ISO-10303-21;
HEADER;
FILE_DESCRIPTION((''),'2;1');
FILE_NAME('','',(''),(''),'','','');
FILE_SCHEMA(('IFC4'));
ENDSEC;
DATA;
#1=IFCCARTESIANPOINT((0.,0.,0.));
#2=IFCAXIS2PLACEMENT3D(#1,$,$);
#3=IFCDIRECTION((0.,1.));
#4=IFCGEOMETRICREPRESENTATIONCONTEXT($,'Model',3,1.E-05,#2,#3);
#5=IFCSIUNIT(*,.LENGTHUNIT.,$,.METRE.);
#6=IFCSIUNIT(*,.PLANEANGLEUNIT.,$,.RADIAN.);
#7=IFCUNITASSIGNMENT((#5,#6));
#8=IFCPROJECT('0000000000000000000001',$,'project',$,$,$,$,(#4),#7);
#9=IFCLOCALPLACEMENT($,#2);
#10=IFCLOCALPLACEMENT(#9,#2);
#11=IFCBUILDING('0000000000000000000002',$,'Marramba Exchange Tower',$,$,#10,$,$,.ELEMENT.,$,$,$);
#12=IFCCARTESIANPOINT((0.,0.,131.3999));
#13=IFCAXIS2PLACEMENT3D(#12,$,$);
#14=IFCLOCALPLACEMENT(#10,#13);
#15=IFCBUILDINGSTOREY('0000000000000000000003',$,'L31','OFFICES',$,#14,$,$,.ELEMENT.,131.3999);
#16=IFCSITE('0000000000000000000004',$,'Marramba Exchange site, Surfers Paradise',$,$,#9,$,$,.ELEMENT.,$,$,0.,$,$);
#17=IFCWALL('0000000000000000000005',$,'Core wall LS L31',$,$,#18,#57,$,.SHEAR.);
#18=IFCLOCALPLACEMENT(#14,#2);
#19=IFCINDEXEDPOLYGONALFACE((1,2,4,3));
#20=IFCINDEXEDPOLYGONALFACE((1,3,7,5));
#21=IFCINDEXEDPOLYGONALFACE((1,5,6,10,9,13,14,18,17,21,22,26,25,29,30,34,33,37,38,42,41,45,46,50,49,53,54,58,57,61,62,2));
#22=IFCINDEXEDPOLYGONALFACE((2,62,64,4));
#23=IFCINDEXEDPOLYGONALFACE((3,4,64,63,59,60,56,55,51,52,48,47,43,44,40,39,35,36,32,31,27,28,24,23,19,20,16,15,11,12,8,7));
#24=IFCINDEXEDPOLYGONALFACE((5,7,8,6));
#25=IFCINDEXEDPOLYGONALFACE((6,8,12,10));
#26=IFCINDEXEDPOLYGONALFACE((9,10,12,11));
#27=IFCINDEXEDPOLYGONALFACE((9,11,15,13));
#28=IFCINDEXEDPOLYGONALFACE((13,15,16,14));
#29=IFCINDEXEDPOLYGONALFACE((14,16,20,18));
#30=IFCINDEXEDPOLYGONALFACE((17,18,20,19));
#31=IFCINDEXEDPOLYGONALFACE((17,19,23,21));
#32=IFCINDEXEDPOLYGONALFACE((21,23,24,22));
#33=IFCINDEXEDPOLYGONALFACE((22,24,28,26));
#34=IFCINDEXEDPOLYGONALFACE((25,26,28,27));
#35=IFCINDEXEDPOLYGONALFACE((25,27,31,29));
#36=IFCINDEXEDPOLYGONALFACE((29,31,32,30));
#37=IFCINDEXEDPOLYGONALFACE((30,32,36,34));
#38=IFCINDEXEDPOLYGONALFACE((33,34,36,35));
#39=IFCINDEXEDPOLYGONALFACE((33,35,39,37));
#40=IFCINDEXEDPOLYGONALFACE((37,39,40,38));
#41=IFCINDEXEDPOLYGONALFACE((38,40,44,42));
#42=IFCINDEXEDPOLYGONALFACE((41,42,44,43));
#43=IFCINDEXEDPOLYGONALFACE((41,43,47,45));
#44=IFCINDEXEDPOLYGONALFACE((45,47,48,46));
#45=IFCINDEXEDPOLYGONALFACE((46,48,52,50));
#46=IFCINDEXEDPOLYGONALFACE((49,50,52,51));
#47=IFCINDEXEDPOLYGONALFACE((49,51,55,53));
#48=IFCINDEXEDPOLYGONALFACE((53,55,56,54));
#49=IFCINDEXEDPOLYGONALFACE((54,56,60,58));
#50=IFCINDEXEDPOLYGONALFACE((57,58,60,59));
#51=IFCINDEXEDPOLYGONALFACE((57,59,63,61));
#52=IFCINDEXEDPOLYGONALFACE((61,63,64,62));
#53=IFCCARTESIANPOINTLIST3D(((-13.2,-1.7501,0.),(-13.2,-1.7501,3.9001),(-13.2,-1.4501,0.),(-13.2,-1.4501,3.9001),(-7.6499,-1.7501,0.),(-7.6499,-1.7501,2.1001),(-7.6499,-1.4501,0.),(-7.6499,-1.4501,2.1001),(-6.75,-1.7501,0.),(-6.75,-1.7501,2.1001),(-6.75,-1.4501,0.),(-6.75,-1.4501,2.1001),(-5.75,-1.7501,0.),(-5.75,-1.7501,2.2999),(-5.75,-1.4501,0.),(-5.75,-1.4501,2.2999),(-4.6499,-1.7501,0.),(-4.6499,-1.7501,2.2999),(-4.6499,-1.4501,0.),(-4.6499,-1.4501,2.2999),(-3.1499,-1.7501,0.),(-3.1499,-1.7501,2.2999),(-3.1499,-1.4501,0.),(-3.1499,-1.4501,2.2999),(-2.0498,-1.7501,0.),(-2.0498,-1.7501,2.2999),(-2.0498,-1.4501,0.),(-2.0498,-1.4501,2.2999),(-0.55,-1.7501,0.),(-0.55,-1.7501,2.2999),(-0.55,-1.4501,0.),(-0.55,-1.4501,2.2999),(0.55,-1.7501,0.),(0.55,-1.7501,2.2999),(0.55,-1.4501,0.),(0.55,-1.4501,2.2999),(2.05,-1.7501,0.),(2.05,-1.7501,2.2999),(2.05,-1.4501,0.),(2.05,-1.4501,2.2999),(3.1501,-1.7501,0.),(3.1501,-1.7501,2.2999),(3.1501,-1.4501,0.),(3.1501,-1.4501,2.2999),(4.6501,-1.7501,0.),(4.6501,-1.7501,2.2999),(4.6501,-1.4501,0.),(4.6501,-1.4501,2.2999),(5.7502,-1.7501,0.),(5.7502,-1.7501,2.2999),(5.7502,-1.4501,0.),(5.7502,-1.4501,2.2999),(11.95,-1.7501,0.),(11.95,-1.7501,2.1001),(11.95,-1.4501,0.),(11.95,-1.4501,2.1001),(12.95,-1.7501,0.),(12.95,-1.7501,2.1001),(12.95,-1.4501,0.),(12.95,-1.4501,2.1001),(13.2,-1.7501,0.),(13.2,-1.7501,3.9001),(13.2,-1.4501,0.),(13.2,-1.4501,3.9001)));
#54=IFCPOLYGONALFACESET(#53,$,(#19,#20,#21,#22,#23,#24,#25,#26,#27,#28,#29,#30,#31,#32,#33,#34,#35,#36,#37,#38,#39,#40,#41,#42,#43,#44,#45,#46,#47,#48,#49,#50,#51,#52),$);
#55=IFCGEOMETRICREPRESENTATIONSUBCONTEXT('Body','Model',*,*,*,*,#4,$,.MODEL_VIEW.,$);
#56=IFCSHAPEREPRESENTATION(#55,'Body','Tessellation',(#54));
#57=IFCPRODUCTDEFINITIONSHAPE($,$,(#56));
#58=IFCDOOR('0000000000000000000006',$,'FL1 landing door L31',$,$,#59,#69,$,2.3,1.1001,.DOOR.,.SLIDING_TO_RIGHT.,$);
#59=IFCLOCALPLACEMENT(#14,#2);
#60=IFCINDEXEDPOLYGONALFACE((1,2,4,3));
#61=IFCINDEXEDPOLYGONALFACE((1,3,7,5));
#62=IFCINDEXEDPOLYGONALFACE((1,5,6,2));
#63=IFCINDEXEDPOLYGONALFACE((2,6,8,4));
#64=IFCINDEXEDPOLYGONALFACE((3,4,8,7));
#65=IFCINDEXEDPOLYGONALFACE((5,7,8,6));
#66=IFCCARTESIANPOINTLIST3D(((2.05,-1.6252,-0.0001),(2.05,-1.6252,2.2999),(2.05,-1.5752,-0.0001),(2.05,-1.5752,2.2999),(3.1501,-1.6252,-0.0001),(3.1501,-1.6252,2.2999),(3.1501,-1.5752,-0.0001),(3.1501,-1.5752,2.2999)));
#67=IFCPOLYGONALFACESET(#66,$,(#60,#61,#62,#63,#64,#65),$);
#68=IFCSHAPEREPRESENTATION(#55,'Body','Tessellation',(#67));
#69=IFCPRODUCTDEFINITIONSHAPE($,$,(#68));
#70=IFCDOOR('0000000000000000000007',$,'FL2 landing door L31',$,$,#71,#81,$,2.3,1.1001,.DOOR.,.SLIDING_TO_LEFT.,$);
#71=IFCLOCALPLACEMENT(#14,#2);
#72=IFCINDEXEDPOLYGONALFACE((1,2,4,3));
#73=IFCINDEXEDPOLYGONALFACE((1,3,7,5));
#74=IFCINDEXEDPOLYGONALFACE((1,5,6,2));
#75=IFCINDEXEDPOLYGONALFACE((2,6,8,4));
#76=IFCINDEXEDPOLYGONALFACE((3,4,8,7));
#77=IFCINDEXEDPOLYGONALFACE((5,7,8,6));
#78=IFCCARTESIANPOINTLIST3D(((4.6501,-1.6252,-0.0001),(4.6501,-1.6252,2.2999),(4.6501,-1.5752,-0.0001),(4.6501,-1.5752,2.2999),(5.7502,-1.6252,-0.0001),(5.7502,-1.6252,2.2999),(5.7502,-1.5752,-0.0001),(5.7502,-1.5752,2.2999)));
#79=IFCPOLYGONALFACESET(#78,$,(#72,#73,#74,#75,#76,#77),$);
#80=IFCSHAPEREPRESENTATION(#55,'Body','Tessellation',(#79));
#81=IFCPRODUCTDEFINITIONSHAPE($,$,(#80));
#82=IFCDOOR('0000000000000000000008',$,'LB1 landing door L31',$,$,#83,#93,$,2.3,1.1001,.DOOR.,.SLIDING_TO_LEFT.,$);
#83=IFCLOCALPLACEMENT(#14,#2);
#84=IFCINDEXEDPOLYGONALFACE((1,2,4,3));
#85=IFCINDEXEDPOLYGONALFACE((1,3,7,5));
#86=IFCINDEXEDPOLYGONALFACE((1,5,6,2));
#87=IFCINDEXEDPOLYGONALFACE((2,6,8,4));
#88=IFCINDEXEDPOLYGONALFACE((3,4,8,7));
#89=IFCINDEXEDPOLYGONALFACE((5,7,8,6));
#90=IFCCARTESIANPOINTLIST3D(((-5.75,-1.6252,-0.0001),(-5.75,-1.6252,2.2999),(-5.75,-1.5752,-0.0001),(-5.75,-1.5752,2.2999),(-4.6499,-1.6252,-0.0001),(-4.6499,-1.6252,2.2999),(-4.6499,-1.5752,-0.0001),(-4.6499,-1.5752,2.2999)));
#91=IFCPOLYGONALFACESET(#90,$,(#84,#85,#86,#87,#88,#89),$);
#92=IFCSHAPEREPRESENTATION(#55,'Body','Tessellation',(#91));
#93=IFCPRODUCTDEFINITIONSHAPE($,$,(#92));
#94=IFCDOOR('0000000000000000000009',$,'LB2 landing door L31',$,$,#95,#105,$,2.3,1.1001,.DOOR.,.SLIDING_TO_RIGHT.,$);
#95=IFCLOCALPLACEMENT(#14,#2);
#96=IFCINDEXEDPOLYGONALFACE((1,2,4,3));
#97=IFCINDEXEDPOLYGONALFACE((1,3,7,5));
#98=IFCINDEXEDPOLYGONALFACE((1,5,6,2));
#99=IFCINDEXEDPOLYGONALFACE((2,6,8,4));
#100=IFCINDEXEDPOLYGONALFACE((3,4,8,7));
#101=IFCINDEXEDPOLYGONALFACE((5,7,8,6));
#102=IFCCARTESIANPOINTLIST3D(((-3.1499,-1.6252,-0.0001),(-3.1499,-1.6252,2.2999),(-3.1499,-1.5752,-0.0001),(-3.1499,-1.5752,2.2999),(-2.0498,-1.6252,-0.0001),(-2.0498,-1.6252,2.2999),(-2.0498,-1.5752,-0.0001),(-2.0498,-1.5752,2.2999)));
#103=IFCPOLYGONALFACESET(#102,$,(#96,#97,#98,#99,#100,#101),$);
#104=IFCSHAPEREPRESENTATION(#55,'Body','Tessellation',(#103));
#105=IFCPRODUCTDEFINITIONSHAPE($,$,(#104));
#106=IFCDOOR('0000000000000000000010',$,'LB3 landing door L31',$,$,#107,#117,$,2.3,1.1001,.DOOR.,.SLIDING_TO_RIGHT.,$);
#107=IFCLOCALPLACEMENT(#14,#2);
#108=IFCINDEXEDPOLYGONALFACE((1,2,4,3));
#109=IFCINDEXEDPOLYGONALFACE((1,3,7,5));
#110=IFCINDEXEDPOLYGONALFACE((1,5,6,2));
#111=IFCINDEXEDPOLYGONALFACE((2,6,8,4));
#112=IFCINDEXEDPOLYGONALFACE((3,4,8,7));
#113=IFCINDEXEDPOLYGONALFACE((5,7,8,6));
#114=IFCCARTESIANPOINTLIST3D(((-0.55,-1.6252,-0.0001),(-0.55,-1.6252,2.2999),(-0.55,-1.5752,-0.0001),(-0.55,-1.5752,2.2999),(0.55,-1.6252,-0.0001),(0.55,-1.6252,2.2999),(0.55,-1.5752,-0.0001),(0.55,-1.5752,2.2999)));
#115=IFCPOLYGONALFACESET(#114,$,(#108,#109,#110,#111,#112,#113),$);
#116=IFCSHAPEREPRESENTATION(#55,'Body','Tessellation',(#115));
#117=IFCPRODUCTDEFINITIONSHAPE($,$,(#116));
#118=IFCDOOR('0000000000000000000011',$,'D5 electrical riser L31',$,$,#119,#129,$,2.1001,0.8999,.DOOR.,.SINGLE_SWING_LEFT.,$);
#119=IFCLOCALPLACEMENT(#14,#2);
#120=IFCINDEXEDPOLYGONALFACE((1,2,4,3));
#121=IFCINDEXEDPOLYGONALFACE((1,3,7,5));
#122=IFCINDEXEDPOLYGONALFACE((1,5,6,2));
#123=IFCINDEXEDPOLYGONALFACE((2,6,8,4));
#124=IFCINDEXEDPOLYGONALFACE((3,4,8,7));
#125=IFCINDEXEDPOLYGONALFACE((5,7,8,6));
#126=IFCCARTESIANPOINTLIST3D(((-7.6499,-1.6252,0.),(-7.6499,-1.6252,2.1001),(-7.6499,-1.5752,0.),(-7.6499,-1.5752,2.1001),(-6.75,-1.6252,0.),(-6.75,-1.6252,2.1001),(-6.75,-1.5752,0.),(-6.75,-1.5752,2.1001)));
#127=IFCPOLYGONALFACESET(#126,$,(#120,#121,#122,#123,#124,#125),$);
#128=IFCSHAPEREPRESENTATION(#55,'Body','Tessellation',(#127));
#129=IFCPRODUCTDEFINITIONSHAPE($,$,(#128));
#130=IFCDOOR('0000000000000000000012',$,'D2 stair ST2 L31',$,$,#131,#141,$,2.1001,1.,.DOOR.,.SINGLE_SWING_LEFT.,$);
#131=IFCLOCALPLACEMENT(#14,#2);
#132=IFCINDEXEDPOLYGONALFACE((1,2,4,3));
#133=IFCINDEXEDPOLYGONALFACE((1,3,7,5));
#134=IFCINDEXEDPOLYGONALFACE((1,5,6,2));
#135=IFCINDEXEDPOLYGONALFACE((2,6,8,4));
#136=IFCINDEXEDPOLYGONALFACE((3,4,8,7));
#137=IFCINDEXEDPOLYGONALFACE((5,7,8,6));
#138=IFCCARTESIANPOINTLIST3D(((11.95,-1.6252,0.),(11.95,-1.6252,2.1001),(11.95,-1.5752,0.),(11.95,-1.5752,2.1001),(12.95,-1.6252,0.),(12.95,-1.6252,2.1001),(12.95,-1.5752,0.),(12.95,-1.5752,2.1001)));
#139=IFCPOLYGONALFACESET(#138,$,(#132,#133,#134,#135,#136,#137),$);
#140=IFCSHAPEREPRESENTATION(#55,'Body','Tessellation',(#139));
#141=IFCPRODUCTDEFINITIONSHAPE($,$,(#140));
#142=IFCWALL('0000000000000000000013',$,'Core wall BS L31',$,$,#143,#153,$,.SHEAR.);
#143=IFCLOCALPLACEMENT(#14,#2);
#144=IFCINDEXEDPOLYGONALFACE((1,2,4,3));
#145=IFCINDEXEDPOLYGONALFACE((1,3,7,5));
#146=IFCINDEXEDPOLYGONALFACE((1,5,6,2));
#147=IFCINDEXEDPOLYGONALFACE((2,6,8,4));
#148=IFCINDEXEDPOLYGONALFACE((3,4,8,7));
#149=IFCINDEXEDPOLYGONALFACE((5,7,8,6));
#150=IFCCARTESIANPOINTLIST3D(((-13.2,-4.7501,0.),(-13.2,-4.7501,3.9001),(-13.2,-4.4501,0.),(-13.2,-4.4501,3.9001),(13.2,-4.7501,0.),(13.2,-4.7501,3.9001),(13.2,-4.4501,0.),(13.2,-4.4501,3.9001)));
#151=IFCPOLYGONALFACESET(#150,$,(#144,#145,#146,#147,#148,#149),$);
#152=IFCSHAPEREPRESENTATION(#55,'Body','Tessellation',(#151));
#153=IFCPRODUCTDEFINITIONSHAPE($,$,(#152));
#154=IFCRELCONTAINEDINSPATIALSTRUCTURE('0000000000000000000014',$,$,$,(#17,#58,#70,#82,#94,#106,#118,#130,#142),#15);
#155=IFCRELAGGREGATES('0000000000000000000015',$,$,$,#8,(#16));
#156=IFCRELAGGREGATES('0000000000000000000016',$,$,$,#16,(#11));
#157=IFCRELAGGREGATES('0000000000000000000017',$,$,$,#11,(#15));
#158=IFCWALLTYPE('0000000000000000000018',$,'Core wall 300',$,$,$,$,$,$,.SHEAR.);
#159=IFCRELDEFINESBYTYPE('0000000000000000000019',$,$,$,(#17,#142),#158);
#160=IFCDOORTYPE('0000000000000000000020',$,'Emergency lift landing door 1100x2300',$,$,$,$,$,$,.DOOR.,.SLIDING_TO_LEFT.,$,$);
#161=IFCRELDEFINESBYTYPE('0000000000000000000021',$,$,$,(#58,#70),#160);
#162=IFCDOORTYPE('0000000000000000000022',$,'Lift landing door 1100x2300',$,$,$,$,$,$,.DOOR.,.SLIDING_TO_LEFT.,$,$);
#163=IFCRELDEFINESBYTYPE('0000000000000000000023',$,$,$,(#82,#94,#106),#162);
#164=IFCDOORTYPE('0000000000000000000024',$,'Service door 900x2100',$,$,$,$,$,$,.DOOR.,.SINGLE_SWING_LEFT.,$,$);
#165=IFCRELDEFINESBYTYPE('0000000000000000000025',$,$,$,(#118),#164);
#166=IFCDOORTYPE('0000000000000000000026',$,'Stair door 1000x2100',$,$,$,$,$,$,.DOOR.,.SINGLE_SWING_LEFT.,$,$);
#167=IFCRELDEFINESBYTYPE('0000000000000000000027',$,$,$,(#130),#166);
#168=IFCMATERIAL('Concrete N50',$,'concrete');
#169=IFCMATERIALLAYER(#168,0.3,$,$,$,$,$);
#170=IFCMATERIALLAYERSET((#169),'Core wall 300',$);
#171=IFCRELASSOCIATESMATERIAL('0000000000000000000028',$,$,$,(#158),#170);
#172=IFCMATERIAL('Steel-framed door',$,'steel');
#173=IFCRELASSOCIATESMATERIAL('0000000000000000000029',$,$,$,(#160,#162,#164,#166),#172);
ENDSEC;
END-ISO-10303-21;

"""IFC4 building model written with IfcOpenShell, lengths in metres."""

from ifc_helpers import new_model, si_unit, direction, frame, frame_2d, origin, place, context, subcontext, project, spatial, rectangle, extrude, material, layer, layer_set, type_object, element, fill, save


model = new_model("IFC4")

# Units and contexts
model_context = context("Model", 3, precision=1e-05, world=origin(), true_north=direction((0.0, 1.0)))
body_context = subcontext(model_context, "Body", "Model", "MODEL_VIEW")
ifc_project = project(units=[si_unit("LENGTHUNIT", "METRE"), si_unit("PLANEANGLEUNIT", "RADIAN")], contexts=[model_context])

# Site, building, storey
site_placement = place(None, origin())
site = spatial("IfcSite", under=ifc_project, at=site_placement, Name="Marramba Exchange site, Surfers Paradise", CompositionType="ELEMENT", RefElevation=0.0)
building_placement = place(site_placement, origin())
building = spatial("IfcBuilding", under=site, at=building_placement, Name="Marramba Exchange Tower", CompositionType="ELEMENT")
storey_placement = place(building_placement, frame((0.0, 0.0, 131.3999)))
storey = spatial("IfcBuildingStorey", under=building, at=storey_placement, Name="L31", Description="OFFICES", CompositionType="ELEMENT", Elevation=131.3999)

# Shared definitions
ifc_material_1 = material(Name="Concrete N50", Category="concrete")

# Wall, openings, doors
ifc_layer_1 = layer(ifc_material_1, 0.3)
ifc_layer_set_1 = layer_set([ifc_layer_1], Name="Core wall 300")
wall_type_1 = type_object("IfcWallType", Name="Core wall 300", PredefinedType="SHEAR", material=ifc_layer_set_1)
wall_1_placement = place(storey_placement, frame((-13.2, -1.6001, 0.0), z_axis=(0.0, 0.0, 1.0), x_axis=(1.0, 0.0, 0.0)))
wall_1 = element("IfcWall", 1, at=wall_1_placement, inside=storey, type_object=wall_type_1, Name="Core wall LS L31", PredefinedType="SHEAR", context=body_context, shape_type="SweptSolid", body=[
    extrude(rectangle(XDim=26.3999, YDim=0.3, at=frame_2d((13.2, 0.0))), origin(), (0.0, 0.0, 1.0), 3.9001),
])
opening_1_placement = place(wall_1_placement, frame((25.1499, 0.0, 0.0)))
opening_1 = element("IfcOpeningElement", 2, at=opening_1_placement, cuts=wall_1, PredefinedType="OPENING", context=body_context, shape_type="SweptSolid", body=[
    extrude(rectangle(XDim=1.0, YDim=2.1001, at=frame_2d((0.5, 1.05))), frame((0.0, 0.1599, 0.0), z_axis=(0.0, -1.0, 0.0), x_axis=(1.0, 0.0, 0.0)), (0.0, 0.0, 1.0), 0.3201),
])
opening_2_placement = place(wall_1_placement, frame((7.45, 0.0, 0.0)))
opening_2 = element("IfcOpeningElement", 3, at=opening_2_placement, cuts=wall_1, PredefinedType="OPENING", context=body_context, shape_type="SweptSolid", body=[
    extrude(rectangle(XDim=1.1001, YDim=2.3, at=frame_2d((0.55, 1.1499))), frame((0.0, 0.1599, 0.0), z_axis=(0.0, -1.0, 0.0), x_axis=(1.0, 0.0, 0.0)), (0.0, 0.0, 1.0), 0.3201),
])
opening_3_placement = place(wall_1_placement, frame((10.05, 0.0, 0.0)))
opening_3 = element("IfcOpeningElement", 4, at=opening_3_placement, cuts=wall_1, PredefinedType="OPENING", context=body_context, shape_type="SweptSolid", body=[
    extrude(rectangle(XDim=1.1001, YDim=2.3, at=frame_2d((0.55, 1.1499))), frame((0.0, 0.1599, 0.0), z_axis=(0.0, -1.0, 0.0), x_axis=(1.0, 0.0, 0.0)), (0.0, 0.0, 1.0), 0.3201),
])
opening_4_placement = place(wall_1_placement, frame((12.6499, 0.0, 0.0)))
opening_4 = element("IfcOpeningElement", 5, at=opening_4_placement, cuts=wall_1, PredefinedType="OPENING", context=body_context, shape_type="SweptSolid", body=[
    extrude(rectangle(XDim=1.1001, YDim=2.3, at=frame_2d((0.55, 1.1499))), frame((0.0, 0.1599, 0.0), z_axis=(0.0, -1.0, 0.0), x_axis=(1.0, 0.0, 0.0)), (0.0, 0.0, 1.0), 0.3201),
])
opening_5_placement = place(wall_1_placement, frame((15.25, 0.0, 0.0)))
opening_5 = element("IfcOpeningElement", 6, at=opening_5_placement, cuts=wall_1, PredefinedType="OPENING", context=body_context, shape_type="SweptSolid", body=[
    extrude(rectangle(XDim=1.1001, YDim=2.3, at=frame_2d((0.55, 1.1499))), frame((0.0, 0.1599, 0.0), z_axis=(0.0, -1.0, 0.0), x_axis=(1.0, 0.0, 0.0)), (0.0, 0.0, 1.0), 0.3201),
])
opening_6_placement = place(wall_1_placement, frame((17.8501, 0.0, 0.0)))
opening_6 = element("IfcOpeningElement", 7, at=opening_6_placement, cuts=wall_1, PredefinedType="OPENING", context=body_context, shape_type="SweptSolid", body=[
    extrude(rectangle(XDim=1.1001, YDim=2.3, at=frame_2d((0.55, 1.1499))), frame((0.0, 0.1599, 0.0), z_axis=(0.0, -1.0, 0.0), x_axis=(1.0, 0.0, 0.0)), (0.0, 0.0, 1.0), 0.3201),
])
opening_7_placement = place(wall_1_placement, frame((5.55, 0.0, 0.0)))
opening_7 = element("IfcOpeningElement", 8, at=opening_7_placement, cuts=wall_1, PredefinedType="OPENING", context=body_context, shape_type="SweptSolid", body=[
    extrude(rectangle(XDim=0.8999, YDim=2.1001, at=frame_2d((0.45, 1.05))), frame((0.0, 0.1599, 0.0), z_axis=(0.0, -1.0, 0.0), x_axis=(1.0, 0.0, 0.0)), (0.0, 0.0, 1.0), 0.3201),
])
ifc_material_2 = material(Name="Steel-framed door", Category="steel")
door_type_1 = type_object("IfcDoorType", Name="Emergency lift landing door 1100x2300", OperationType="SLIDING_TO_LEFT", PredefinedType="DOOR", material=ifc_material_2)
door_1_placement = place(opening_5_placement, frame((1.1001, 0.0, 0.0), z_axis=(0.0, 0.0, 1.0), x_axis=(-1.0, 0.0, 0.0)))
door_1 = element("IfcDoor", 9, at=door_1_placement, inside=storey, type_object=door_type_1, Name="FL1 landing door L31", OperationType="SLIDING_TO_RIGHT", OverallHeight=2.3, OverallWidth=1.1001, PredefinedType="DOOR", context=body_context, shape_type="SweptSolid", body=[
    extrude(rectangle(XDim=1.1001, YDim=2.3, at=frame_2d((0.55, 1.1499))), frame((0.0, 0.0251, 0.0), z_axis=(0.0, -1.0, 0.0), x_axis=(1.0, 0.0, 0.0)), (0.0, 0.0, 1.0), 0.05),
])
fill(opening_5, door_1)
door_2_placement = place(opening_6_placement, frame((1.1001, 0.0, 0.0), z_axis=(0.0, 0.0, 1.0), x_axis=(-1.0, 0.0, 0.0)))
door_2 = element("IfcDoor", 10, at=door_2_placement, inside=storey, type_object=door_type_1, Name="FL2 landing door L31", OperationType="SLIDING_TO_LEFT", OverallHeight=2.3, OverallWidth=1.1001, PredefinedType="DOOR", context=body_context, shape_type="SweptSolid", body=[
    extrude(rectangle(XDim=1.1001, YDim=2.3, at=frame_2d((0.55, 1.1499))), frame((0.0, 0.0251, 0.0), z_axis=(0.0, -1.0, 0.0), x_axis=(1.0, 0.0, 0.0)), (0.0, 0.0, 1.0), 0.05),
])
fill(opening_6, door_2)
door_type_2 = type_object("IfcDoorType", Name="Lift landing door 1100x2300", OperationType="SLIDING_TO_LEFT", PredefinedType="DOOR", material=ifc_material_2)
door_3_placement = place(opening_2_placement, frame((1.1001, 0.0, 0.0), z_axis=(0.0, 0.0, 1.0), x_axis=(-1.0, 0.0, 0.0)))
door_3 = element("IfcDoor", 11, at=door_3_placement, inside=storey, type_object=door_type_2, Name="LB1 landing door L31", OperationType="SLIDING_TO_LEFT", OverallHeight=2.3, OverallWidth=1.1001, PredefinedType="DOOR", context=body_context, shape_type="SweptSolid", body=[
    extrude(rectangle(XDim=1.1001, YDim=2.3, at=frame_2d((0.55, 1.1499))), frame((0.0, 0.0251, 0.0), z_axis=(0.0, -1.0, 0.0), x_axis=(1.0, 0.0, 0.0)), (0.0, 0.0, 1.0), 0.05),
])
fill(opening_2, door_3)
door_4_placement = place(opening_3_placement, frame((1.1001, 0.0, 0.0), z_axis=(0.0, 0.0, 1.0), x_axis=(-1.0, 0.0, 0.0)))
door_4 = element("IfcDoor", 12, at=door_4_placement, inside=storey, type_object=door_type_2, Name="LB2 landing door L31", OperationType="SLIDING_TO_RIGHT", OverallHeight=2.3, OverallWidth=1.1001, PredefinedType="DOOR", context=body_context, shape_type="SweptSolid", body=[
    extrude(rectangle(XDim=1.1001, YDim=2.3, at=frame_2d((0.55, 1.1499))), frame((0.0, 0.0251, 0.0), z_axis=(0.0, -1.0, 0.0), x_axis=(1.0, 0.0, 0.0)), (0.0, 0.0, 1.0), 0.05),
])
fill(opening_3, door_4)
door_5_placement = place(opening_4_placement, frame((1.1001, 0.0, 0.0), z_axis=(0.0, 0.0, 1.0), x_axis=(-1.0, 0.0, 0.0)))
door_5 = element("IfcDoor", 13, at=door_5_placement, inside=storey, type_object=door_type_2, Name="LB3 landing door L31", OperationType="SLIDING_TO_RIGHT", OverallHeight=2.3, OverallWidth=1.1001, PredefinedType="DOOR", context=body_context, shape_type="SweptSolid", body=[
    extrude(rectangle(XDim=1.1001, YDim=2.3, at=frame_2d((0.55, 1.1499))), frame((0.0, 0.0251, 0.0), z_axis=(0.0, -1.0, 0.0), x_axis=(1.0, 0.0, 0.0)), (0.0, 0.0, 1.0), 0.05),
])
fill(opening_4, door_5)
door_type_3 = type_object("IfcDoorType", Name="Service door 900x2100", OperationType="SINGLE_SWING_LEFT", PredefinedType="DOOR", material=ifc_material_2)
door_6_placement = place(opening_7_placement, frame((0.8999, 0.0, 0.0), z_axis=(0.0, 0.0, 1.0), x_axis=(-1.0, 0.0, 0.0)))
door_6 = element("IfcDoor", 14, at=door_6_placement, inside=storey, type_object=door_type_3, Name="D5 electrical riser L31", OperationType="SINGLE_SWING_LEFT", OverallHeight=2.1001, OverallWidth=0.8999, PredefinedType="DOOR", context=body_context, shape_type="SweptSolid", body=[
    extrude(rectangle(XDim=0.8999, YDim=2.1001, at=frame_2d((0.45, 1.05))), frame((0.0, 0.0251, 0.0), z_axis=(0.0, -1.0, 0.0), x_axis=(1.0, 0.0, 0.0)), (0.0, 0.0, 1.0), 0.05),
])
fill(opening_7, door_6)
door_type_4 = type_object("IfcDoorType", Name="Stair door 1000x2100", OperationType="SINGLE_SWING_LEFT", PredefinedType="DOOR", material=ifc_material_2)
door_7_placement = place(opening_1_placement, frame((1.0, 0.0, 0.0), z_axis=(0.0, 0.0, 1.0), x_axis=(-1.0, 0.0, 0.0)))
door_7 = element("IfcDoor", 15, at=door_7_placement, inside=storey, type_object=door_type_4, Name="D2 stair ST2 L31", OperationType="SINGLE_SWING_LEFT", OverallHeight=2.1001, OverallWidth=1.0, PredefinedType="DOOR", context=body_context, shape_type="SweptSolid", body=[
    extrude(rectangle(XDim=1.0, YDim=2.1001, at=frame_2d((0.5, 1.05))), frame((0.0, 0.0251, 0.0), z_axis=(0.0, -1.0, 0.0), x_axis=(1.0, 0.0, 0.0)), (0.0, 0.0, 1.0), 0.05),
])
fill(opening_1, door_7)

# Wall
wall_2_placement = place(storey_placement, frame((-13.2, -4.6001, 0.0), z_axis=(0.0, 0.0, 1.0), x_axis=(1.0, 0.0, 0.0)))
element("IfcWall", 16, at=wall_2_placement, inside=storey, type_object=wall_type_1, Name="Core wall BS L31", PredefinedType="SHEAR", context=body_context, shape_type="SweptSolid", body=[
    extrude(rectangle(XDim=26.3999, YDim=0.3, at=frame_2d((13.2, 0.0))), origin(), (0.0, 0.0, 1.0), 3.9001),
])

save(model, "model.ifc")
